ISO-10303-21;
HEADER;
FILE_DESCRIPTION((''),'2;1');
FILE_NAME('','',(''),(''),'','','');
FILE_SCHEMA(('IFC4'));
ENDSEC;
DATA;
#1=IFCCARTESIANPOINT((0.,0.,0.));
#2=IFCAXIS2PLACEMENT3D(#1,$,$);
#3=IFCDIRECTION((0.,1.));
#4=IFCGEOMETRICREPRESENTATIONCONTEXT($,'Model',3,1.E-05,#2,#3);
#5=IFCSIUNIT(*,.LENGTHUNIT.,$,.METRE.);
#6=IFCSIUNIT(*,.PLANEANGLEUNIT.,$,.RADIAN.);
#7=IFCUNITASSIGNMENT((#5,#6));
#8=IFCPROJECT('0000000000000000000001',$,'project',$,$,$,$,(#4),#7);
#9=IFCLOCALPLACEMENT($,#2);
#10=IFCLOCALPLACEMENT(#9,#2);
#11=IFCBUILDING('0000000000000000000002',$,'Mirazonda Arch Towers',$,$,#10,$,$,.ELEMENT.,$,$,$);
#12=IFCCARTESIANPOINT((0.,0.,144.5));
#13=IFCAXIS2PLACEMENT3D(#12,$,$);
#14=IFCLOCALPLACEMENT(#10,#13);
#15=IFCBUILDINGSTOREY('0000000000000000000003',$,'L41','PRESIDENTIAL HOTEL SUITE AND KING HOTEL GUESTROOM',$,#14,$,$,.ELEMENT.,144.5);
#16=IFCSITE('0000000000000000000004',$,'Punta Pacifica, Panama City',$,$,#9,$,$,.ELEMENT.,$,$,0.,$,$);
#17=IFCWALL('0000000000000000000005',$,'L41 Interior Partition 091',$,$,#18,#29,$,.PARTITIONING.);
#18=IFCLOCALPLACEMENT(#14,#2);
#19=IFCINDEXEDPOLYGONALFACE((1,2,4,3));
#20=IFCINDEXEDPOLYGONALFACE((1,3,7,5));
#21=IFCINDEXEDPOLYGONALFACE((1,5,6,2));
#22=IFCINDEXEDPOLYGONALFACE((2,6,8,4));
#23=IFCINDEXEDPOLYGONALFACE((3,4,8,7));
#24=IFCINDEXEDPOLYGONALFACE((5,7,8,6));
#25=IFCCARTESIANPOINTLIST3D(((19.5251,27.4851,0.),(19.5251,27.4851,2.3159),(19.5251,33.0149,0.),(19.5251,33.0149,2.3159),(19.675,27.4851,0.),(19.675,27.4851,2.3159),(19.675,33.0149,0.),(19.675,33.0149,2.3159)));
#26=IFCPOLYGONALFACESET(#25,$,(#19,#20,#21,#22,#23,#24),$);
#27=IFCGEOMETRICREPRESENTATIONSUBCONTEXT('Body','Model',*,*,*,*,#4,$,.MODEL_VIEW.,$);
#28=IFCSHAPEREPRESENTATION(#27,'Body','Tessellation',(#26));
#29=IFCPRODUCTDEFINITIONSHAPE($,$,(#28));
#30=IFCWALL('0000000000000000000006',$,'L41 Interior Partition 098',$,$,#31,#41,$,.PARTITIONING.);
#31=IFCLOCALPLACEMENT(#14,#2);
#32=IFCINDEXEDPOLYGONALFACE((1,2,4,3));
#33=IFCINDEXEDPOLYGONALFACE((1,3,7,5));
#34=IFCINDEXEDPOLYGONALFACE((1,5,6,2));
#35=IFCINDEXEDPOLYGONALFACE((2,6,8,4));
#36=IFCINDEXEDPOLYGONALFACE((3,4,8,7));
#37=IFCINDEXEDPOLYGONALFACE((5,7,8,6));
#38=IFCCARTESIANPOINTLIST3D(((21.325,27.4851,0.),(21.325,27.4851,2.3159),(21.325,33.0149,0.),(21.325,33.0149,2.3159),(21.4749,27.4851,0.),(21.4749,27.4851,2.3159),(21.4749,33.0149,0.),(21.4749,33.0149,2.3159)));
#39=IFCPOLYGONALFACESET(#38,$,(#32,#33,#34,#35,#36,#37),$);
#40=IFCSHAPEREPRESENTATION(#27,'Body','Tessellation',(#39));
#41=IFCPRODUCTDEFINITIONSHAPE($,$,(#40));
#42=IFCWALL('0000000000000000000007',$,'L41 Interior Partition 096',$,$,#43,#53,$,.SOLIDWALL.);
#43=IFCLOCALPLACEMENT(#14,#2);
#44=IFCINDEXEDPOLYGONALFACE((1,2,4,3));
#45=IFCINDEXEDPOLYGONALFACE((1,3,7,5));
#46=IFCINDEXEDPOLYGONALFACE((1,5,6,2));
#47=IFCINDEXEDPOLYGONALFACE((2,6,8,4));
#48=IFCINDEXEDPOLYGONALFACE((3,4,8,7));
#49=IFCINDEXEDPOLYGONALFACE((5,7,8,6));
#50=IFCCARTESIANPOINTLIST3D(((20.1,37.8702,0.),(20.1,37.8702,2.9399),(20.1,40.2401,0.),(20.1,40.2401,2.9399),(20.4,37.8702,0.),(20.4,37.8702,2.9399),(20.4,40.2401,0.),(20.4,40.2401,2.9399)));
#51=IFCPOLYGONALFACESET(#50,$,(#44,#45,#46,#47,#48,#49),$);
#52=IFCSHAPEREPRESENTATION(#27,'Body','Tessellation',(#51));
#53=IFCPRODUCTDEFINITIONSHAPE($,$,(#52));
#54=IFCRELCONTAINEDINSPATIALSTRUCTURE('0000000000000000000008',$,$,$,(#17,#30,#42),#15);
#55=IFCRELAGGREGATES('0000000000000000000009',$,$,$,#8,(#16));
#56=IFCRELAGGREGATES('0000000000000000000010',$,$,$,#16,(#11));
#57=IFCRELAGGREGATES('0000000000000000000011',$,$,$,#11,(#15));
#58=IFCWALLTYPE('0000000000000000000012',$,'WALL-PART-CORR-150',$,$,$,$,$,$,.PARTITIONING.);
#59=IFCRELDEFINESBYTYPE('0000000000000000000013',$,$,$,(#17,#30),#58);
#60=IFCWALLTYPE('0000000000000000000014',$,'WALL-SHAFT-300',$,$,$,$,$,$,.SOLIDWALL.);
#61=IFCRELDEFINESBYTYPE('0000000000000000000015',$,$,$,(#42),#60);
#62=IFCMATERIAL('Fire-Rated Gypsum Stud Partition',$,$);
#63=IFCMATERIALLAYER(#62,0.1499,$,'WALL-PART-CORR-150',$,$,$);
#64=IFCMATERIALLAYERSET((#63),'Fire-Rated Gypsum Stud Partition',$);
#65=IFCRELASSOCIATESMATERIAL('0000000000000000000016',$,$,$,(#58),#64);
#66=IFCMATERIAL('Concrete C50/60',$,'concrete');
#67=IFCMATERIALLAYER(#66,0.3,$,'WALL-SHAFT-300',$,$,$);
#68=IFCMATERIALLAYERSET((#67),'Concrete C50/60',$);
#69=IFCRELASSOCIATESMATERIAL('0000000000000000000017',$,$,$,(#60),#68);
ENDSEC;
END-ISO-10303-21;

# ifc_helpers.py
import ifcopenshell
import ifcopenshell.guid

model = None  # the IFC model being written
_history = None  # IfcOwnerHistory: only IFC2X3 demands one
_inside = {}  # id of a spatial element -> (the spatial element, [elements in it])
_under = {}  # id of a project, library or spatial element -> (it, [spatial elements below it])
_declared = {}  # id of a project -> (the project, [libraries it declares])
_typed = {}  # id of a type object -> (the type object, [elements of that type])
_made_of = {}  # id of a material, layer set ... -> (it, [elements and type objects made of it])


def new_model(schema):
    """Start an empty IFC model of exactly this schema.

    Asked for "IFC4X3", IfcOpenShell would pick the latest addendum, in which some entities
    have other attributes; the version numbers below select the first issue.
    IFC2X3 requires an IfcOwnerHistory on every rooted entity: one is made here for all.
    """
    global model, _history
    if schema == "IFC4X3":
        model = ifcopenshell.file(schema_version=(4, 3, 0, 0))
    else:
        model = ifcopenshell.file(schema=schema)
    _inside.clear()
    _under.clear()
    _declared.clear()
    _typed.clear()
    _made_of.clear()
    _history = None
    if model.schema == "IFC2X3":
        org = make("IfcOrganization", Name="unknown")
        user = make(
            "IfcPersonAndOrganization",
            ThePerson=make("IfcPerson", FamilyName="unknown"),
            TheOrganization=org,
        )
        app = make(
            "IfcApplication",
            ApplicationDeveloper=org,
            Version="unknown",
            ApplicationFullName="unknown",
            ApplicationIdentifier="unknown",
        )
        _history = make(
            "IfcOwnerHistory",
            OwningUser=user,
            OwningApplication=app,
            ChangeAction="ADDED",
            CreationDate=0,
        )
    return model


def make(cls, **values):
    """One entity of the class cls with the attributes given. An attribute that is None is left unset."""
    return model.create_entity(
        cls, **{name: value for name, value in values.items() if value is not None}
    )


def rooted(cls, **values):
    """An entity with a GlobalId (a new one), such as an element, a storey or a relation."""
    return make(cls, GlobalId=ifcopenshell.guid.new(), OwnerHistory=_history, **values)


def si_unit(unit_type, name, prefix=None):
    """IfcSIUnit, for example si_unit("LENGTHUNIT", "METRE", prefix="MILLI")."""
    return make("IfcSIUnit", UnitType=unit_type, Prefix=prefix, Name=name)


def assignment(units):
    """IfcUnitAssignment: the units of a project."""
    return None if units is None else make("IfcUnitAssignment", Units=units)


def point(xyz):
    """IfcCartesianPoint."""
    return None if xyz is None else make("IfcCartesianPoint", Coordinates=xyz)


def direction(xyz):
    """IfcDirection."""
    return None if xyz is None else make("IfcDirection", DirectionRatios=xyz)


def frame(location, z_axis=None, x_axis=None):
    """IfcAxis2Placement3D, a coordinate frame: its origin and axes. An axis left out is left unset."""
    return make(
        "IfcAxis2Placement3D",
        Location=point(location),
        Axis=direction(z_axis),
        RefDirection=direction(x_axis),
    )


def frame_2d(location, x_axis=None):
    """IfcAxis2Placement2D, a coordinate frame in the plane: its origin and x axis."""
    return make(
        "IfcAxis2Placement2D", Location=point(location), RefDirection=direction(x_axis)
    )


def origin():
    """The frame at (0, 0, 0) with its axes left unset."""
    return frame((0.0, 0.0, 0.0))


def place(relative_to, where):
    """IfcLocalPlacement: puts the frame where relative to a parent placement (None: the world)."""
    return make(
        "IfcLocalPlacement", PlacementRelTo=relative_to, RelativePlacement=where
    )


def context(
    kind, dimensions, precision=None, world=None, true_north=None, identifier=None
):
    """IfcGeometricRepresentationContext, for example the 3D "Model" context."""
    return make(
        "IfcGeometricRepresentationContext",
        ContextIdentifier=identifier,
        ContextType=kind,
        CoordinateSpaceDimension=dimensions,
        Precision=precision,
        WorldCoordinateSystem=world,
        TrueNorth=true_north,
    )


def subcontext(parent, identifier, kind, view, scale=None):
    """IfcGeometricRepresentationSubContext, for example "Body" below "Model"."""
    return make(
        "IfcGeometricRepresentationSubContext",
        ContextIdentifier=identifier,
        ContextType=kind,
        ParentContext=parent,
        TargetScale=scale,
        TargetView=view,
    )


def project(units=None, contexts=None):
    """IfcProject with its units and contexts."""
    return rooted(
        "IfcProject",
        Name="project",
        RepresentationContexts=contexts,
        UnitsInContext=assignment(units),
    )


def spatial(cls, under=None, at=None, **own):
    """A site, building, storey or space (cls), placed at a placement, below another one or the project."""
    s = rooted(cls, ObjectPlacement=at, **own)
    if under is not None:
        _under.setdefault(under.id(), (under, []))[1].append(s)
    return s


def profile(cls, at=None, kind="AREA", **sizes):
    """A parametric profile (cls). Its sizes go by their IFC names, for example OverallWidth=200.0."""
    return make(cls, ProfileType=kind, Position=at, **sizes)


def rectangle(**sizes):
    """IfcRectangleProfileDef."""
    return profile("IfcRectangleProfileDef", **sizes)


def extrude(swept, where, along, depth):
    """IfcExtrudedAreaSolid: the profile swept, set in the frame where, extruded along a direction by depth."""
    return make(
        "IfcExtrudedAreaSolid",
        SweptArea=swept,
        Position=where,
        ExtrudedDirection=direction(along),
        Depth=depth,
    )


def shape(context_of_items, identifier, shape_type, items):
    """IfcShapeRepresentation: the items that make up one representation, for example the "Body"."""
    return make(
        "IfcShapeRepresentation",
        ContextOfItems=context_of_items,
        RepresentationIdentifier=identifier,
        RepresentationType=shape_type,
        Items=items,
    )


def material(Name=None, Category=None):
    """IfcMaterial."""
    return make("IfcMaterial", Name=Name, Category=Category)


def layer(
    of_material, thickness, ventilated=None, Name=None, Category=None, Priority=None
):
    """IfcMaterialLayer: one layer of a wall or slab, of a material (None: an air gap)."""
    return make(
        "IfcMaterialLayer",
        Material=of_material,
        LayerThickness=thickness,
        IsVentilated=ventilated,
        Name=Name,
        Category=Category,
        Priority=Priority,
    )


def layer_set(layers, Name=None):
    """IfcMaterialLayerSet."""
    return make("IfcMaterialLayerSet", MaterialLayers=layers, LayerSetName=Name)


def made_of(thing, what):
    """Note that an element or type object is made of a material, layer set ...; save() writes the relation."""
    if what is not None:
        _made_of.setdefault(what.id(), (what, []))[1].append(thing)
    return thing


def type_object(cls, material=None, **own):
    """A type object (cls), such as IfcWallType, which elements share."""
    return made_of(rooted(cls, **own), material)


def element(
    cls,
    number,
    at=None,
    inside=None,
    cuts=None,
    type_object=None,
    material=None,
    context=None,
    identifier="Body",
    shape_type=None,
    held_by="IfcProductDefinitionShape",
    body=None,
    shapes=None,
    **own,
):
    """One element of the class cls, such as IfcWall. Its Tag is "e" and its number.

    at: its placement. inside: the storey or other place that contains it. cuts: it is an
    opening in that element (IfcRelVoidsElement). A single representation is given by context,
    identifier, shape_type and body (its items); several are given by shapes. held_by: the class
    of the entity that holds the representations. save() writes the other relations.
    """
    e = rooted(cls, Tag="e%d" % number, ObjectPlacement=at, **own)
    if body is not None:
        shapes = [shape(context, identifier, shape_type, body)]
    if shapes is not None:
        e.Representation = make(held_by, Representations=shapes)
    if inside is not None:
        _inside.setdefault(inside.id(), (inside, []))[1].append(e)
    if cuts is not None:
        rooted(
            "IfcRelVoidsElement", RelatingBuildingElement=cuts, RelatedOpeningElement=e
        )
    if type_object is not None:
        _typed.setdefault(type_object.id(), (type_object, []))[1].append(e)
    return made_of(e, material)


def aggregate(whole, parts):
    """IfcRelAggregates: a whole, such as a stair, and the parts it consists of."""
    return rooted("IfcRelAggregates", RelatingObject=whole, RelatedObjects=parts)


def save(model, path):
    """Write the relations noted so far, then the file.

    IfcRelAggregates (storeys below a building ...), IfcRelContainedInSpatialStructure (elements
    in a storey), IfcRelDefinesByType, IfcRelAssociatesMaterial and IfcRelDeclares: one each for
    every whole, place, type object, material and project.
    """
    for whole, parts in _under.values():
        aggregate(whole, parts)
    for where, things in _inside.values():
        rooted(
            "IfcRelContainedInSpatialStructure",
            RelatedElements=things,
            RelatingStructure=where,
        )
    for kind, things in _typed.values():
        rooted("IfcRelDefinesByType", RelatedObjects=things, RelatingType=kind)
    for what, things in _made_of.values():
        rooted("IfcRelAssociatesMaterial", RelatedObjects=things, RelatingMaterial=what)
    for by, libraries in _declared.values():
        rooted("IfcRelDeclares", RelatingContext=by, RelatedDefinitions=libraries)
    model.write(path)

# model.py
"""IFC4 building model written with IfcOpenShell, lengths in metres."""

from ifc_helpers import new_model, si_unit, direction, frame, frame_2d, origin, place, context, subcontext, project, spatial, rectangle, extrude, material, layer, layer_set, type_object, element, save


model = new_model("IFC4")

# Units and contexts
model_context = context("Model", 3, precision=1e-05, world=origin(), true_north=direction((0.0, 1.0)))
body_context = subcontext(model_context, "Body", "Model", "MODEL_VIEW")
ifc_project = project(units=[si_unit("LENGTHUNIT", "METRE"), si_unit("PLANEANGLEUNIT", "RADIAN")], contexts=[model_context])

# Site, building, storey
site_placement = place(None, origin())
site = spatial("IfcSite", under=ifc_project, at=site_placement, Name="Punta Pacifica, Panama City", CompositionType="ELEMENT", RefElevation=0.0)
building_placement = place(site_placement, origin())
building = spatial("IfcBuilding", under=site, at=building_placement, Name="Mirazonda Arch Towers", CompositionType="ELEMENT")
storey_placement = place(building_placement, frame((0.0, 0.0, 144.5)))
storey = spatial("IfcBuildingStorey", under=building, at=storey_placement, Name="L41", Description="PRESIDENTIAL HOTEL SUITE AND KING HOTEL GUESTROOM", CompositionType="ELEMENT", Elevation=144.5)

# Shared definitions
ifc_material_1 = material(Name="Concrete C50/60", Category="concrete")

# Shared definitions
ifc_material_2 = material(Name="Fire-Rated Gypsum Stud Partition")
ifc_layer_1 = layer(ifc_material_2, 0.1499, Name="WALL-PART-CORR-150")
ifc_layer_set_1 = layer_set([ifc_layer_1], Name="Fire-Rated Gypsum Stud Partition")
wall_type_1 = type_object("IfcWallType", Name="WALL-PART-CORR-150", PredefinedType="PARTITIONING", material=ifc_layer_set_1)

# Walls
for number, where, z_axis, x_axis, name in (
    (1, (19.6001, 27.4851, 0.0), (0.0, 0.0, 1.0), (0.0, 1.0, 0.0), "L41 Interior Partition 091"),
    (2, (21.3999, 27.4851, 0.0), (0.0, 0.0, 1.0), (0.0, 1.0, 0.0), "L41 Interior Partition 098"),
):
    element("IfcWall", number, at=place(storey_placement, frame(where, z_axis=z_axis, x_axis=x_axis)), inside=storey, type_object=wall_type_1, Name=name, PredefinedType="PARTITIONING", context=body_context, shape_type="SweptSolid", body=[
        extrude(rectangle(XDim=5.5298, YDim=0.1499, at=frame_2d((2.7649, 0.0))), origin(), (0.0, 0.0, 1.0), 2.3159),
    ])
ifc_layer_2 = layer(ifc_material_1, 0.3, Name="WALL-SHAFT-300")
ifc_layer_set_2 = layer_set([ifc_layer_2], Name="Concrete C50/60")
wall_type_2 = type_object("IfcWallType", Name="WALL-SHAFT-300", PredefinedType="SOLIDWALL", material=ifc_layer_set_2)
wall_1_placement = place(storey_placement, frame((20.25, 37.8701, 0.0), z_axis=(0.0, 0.0, 1.0), x_axis=(0.0, 1.0, 0.0)))
element("IfcWall", 3, at=wall_1_placement, inside=storey, type_object=wall_type_2, Name="L41 Interior Partition 096", PredefinedType="SOLIDWALL", context=body_context, shape_type="SweptSolid", body=[
    extrude(rectangle(XDim=2.3699, YDim=0.3, at=frame_2d((1.1851, 0.0))), origin(), (0.0, 0.0, 1.0), 2.9399),
])

save(model, "model.ifc")
